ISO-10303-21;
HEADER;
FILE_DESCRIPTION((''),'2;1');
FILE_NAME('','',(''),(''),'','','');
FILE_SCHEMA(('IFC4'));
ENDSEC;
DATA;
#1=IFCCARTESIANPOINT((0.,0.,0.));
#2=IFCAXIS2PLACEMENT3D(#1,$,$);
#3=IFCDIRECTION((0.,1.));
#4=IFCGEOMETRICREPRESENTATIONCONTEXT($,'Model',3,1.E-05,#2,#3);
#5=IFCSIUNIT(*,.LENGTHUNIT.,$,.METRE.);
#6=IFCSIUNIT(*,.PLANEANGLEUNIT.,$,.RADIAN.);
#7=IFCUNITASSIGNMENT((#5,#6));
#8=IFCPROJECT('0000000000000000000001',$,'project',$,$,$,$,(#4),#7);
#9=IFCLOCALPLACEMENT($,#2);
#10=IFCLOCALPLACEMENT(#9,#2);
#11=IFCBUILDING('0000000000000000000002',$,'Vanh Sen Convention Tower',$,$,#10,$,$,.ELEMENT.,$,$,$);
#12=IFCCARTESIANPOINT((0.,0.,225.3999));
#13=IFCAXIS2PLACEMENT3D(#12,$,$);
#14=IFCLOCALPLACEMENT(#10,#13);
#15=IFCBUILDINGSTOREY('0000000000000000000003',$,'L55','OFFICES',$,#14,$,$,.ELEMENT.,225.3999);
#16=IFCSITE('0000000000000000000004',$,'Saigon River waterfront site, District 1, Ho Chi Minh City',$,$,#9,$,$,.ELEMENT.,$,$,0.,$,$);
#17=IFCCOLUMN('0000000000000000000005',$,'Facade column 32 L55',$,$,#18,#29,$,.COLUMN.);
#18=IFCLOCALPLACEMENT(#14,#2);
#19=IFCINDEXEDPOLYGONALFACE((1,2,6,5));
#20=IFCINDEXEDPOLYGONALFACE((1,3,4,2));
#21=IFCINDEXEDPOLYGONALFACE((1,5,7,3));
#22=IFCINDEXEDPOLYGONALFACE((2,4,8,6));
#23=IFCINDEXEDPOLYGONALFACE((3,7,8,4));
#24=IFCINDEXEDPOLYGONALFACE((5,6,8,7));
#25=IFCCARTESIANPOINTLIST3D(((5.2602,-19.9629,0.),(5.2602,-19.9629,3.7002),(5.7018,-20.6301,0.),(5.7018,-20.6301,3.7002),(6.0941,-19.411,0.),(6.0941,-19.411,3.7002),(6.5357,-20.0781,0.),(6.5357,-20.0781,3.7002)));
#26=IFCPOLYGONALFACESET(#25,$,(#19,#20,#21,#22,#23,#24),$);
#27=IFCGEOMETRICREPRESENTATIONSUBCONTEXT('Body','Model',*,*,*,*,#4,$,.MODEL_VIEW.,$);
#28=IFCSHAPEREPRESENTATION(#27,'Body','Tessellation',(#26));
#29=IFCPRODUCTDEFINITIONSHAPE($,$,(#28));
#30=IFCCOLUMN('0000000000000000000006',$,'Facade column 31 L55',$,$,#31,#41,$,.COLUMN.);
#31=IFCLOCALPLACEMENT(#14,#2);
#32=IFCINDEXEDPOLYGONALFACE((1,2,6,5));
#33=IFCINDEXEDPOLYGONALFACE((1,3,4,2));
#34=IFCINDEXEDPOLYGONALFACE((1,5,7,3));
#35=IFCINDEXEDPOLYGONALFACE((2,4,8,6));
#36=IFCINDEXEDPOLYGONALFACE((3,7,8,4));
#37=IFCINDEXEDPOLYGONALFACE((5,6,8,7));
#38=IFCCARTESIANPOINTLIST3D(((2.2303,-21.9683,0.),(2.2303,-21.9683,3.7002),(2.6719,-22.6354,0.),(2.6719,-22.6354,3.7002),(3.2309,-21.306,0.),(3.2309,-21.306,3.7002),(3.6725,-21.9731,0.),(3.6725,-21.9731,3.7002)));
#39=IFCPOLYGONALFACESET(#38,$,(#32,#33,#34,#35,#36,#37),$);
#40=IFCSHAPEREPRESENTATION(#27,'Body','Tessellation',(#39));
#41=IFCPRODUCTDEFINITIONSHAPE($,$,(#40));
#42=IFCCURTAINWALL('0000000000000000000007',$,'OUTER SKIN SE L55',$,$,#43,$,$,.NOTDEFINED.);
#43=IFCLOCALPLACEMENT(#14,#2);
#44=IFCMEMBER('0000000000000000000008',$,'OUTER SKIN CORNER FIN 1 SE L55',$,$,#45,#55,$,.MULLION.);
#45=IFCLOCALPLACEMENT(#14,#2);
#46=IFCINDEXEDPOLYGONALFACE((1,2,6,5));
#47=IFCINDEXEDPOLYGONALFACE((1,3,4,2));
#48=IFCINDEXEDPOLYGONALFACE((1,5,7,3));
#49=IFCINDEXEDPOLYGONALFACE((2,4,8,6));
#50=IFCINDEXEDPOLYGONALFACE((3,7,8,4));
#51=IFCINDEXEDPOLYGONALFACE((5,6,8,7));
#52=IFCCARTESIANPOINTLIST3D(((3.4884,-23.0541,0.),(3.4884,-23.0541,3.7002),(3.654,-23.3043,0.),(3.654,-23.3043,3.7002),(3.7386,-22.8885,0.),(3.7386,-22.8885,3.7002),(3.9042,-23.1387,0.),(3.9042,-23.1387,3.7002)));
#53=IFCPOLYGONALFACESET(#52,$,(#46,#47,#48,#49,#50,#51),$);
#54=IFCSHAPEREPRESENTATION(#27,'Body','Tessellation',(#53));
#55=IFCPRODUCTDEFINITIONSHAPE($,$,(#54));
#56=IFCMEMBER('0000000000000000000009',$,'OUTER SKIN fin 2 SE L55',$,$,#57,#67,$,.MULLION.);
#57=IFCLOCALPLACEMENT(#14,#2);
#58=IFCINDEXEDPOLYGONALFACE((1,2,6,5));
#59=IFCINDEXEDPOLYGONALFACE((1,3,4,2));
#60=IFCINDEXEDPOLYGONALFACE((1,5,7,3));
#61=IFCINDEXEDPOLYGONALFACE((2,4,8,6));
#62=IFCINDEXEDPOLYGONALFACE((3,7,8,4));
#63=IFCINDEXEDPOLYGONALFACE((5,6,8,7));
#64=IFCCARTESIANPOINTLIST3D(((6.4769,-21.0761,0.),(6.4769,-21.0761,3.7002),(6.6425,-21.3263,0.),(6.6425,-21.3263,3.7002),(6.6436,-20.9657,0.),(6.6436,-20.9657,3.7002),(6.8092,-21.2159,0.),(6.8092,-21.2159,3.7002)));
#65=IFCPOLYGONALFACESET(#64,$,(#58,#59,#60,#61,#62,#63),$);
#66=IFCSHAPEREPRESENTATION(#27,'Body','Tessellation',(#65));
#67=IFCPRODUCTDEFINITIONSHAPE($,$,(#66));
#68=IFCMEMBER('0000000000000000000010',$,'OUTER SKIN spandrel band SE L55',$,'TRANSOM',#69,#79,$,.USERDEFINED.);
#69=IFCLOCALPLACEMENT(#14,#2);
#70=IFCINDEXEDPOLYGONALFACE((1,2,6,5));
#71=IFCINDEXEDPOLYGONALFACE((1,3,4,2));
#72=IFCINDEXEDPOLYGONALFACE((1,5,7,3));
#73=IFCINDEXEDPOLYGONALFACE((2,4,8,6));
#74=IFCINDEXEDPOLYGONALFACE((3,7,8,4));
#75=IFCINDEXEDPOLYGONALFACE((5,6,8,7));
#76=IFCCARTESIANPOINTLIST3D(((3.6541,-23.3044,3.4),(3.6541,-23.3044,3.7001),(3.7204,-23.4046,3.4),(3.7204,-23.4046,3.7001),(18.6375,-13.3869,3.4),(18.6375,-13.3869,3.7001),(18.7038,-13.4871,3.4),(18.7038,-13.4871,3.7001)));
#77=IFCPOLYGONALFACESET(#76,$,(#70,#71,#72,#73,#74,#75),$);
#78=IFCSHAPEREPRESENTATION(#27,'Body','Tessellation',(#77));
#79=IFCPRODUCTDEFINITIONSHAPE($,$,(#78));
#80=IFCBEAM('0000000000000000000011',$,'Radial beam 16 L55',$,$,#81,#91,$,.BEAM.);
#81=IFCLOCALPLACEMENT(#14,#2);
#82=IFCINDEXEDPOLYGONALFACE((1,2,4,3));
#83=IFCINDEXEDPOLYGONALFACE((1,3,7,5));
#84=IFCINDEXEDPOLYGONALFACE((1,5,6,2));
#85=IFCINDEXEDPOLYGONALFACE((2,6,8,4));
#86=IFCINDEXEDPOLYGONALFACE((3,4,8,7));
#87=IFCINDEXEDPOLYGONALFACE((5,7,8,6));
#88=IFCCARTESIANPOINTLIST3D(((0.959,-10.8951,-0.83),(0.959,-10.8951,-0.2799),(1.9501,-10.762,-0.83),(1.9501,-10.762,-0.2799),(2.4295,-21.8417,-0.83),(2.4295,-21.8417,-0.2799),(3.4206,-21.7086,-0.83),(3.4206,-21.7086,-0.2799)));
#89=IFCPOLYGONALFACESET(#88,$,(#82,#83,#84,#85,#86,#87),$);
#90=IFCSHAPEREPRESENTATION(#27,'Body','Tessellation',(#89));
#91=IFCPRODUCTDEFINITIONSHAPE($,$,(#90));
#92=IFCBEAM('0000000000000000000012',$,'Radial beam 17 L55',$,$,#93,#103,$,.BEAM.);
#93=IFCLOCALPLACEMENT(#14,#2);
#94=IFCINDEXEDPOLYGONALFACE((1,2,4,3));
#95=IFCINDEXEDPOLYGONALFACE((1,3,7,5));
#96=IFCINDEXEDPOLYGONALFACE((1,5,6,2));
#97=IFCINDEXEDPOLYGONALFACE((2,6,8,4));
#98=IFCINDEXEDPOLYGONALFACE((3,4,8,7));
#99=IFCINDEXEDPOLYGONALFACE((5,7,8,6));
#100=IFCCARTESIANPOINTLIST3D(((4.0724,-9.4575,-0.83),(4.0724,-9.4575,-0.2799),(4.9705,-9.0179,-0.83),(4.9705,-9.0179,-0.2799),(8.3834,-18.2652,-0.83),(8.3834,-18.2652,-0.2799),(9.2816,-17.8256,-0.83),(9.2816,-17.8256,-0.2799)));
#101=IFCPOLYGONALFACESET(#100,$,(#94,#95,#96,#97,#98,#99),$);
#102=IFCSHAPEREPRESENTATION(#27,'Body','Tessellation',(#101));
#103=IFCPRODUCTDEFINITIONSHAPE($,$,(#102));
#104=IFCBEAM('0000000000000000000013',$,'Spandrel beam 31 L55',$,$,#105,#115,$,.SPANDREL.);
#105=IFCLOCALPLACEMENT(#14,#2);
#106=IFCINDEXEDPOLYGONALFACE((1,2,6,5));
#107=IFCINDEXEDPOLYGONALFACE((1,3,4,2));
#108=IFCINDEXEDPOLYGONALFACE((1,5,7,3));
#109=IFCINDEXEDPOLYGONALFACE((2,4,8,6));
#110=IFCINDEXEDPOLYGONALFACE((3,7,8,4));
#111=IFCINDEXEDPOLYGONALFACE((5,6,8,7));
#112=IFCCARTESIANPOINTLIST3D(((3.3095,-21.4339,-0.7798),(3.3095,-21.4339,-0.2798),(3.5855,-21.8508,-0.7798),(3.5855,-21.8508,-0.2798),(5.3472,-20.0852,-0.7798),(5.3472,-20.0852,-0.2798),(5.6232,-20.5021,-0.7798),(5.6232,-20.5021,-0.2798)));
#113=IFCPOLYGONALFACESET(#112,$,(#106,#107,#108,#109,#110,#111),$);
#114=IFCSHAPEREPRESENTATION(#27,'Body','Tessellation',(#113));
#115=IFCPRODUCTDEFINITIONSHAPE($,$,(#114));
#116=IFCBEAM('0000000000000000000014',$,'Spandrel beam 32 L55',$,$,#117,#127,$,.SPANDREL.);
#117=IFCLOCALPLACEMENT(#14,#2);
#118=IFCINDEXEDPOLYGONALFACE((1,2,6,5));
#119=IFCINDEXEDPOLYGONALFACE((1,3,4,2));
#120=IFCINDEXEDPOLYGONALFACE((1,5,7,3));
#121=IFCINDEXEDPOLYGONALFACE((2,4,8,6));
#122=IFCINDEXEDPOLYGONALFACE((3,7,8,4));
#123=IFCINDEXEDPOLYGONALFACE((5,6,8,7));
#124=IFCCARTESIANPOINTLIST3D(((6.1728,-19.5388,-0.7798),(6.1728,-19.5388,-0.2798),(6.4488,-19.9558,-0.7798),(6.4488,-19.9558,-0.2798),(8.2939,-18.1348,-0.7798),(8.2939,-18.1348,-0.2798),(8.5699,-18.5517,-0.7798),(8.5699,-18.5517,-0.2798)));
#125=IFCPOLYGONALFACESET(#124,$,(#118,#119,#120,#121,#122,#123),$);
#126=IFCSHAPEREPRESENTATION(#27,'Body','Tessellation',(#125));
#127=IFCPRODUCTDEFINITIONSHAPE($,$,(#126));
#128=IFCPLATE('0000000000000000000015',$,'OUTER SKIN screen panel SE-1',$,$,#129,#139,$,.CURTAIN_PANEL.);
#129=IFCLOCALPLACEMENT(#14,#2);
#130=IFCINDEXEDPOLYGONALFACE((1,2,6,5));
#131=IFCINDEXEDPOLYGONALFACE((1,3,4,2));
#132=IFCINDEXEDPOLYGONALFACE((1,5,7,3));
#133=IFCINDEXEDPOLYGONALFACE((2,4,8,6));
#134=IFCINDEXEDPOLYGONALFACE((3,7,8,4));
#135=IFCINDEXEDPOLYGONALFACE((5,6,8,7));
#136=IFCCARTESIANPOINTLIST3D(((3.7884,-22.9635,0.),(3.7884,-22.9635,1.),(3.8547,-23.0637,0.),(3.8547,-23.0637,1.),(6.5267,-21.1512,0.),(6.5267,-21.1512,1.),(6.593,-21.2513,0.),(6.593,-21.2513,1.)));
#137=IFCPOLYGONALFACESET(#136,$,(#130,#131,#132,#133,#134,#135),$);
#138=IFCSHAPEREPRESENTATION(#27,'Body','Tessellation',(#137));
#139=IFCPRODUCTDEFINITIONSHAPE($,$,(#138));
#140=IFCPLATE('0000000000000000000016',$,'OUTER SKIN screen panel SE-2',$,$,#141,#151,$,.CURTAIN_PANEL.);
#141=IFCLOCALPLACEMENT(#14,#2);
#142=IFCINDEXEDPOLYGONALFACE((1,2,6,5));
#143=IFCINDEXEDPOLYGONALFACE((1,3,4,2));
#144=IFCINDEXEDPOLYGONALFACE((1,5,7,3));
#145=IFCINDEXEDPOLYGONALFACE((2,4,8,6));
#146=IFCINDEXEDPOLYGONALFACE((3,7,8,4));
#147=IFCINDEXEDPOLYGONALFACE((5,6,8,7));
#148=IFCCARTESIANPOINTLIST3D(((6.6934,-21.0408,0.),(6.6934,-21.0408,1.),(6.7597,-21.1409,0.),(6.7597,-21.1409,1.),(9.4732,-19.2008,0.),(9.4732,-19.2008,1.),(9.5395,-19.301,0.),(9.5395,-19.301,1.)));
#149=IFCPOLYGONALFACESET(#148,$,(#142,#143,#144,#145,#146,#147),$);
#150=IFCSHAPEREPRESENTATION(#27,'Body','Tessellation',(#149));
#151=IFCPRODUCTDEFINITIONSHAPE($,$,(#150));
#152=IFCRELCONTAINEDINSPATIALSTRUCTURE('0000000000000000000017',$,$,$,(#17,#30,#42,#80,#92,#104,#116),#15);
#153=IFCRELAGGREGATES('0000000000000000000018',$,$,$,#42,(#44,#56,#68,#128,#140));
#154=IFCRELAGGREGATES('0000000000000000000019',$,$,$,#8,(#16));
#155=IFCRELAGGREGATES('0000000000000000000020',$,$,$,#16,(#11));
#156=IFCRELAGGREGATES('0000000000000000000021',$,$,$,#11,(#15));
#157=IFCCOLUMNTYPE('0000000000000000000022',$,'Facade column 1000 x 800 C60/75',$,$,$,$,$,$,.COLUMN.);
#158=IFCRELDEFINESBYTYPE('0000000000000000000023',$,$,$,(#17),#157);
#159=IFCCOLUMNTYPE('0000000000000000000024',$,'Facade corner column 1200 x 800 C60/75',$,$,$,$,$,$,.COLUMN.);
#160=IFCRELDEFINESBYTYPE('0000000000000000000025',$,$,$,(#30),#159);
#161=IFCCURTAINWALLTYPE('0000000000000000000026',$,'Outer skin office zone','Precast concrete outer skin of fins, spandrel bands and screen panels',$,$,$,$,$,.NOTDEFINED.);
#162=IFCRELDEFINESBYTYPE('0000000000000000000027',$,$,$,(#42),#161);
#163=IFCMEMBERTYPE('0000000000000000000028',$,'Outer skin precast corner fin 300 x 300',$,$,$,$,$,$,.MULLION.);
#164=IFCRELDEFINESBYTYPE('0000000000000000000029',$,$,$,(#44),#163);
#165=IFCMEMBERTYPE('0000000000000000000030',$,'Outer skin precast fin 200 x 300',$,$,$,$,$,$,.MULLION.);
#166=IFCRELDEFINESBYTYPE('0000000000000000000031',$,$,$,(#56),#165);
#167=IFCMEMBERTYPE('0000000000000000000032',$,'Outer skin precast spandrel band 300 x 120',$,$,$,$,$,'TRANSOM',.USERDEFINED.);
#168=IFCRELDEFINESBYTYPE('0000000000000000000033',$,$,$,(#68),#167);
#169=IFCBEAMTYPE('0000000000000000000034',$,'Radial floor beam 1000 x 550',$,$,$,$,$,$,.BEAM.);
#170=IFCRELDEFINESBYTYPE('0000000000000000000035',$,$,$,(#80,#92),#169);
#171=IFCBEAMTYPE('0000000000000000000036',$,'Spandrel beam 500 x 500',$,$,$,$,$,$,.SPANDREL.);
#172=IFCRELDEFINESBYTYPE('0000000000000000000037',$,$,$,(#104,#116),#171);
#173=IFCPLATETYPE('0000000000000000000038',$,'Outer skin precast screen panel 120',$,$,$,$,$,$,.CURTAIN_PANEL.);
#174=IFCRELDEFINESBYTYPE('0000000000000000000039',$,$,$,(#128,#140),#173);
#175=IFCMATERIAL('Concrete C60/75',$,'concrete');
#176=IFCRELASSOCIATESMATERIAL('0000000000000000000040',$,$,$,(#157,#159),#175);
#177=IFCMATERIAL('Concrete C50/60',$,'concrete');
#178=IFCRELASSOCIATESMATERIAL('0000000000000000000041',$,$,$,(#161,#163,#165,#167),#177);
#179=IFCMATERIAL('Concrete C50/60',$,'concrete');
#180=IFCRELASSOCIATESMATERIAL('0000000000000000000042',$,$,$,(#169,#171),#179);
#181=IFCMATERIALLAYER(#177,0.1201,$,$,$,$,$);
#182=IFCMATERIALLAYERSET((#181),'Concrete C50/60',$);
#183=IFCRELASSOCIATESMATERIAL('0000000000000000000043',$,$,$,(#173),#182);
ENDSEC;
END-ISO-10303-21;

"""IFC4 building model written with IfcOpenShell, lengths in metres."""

from ifc_helpers import new_model, si_unit, direction, frame, origin, origin_2d, place, context, subcontext, project, spatial, rectangle, extrude, material, layer, layer_set, material_profile, profile_set, type_object, element, aggregate, save


model = new_model("IFC4")

# Units and contexts
model_context = context("Model", 3, precision=1e-05, world=origin(), true_north=direction((0.0, 1.0)))
body_context = subcontext(model_context, "Body", "Model", "MODEL_VIEW")
ifc_project = project(units=[si_unit("LENGTHUNIT", "METRE"), si_unit("PLANEANGLEUNIT", "RADIAN")], contexts=[model_context])

# Site, building, storey
site_placement = place(None, origin())
site = spatial("IfcSite", under=ifc_project, at=site_placement, Name="Saigon River waterfront site, District 1, Ho Chi Minh City", CompositionType="ELEMENT", RefElevation=0.0)
building_placement = place(site_placement, origin())
building = spatial("IfcBuilding", under=site, at=building_placement, Name="Vanh Sen Convention Tower", CompositionType="ELEMENT")
storey_placement = place(building_placement, frame((0.0, 0.0, 225.3999)))
storey = spatial("IfcBuildingStorey", under=building, at=storey_placement, Name="L55", Description="OFFICES", CompositionType="ELEMENT", Elevation=225.3999)

# Columns
ifc_material_1 = material(Name="Concrete C60/75", Category="concrete")
ifc_material_profile_1 = material_profile(ifc_material_1, rectangle(XDim=1.0, YDim=0.8, at=origin_2d()), Name="RC 1000X800")
ifc_profile_set_1 = profile_set([ifc_material_profile_1], Name="Concrete C60/75")
column_type_1 = type_object("IfcColumnType", Name="Facade column 1000 x 800 C60/75", PredefinedType="COLUMN", material=ifc_profile_set_1)
column_1_placement = place(storey_placement, frame((5.8979, -20.0205, 0.0), z_axis=(0.0, 0.0, 1.0), x_axis=(0.833886, 0.551937, 0.0)))
element("IfcColumn", 1, at=column_1_placement, inside=storey, type_object=column_type_1, Name="Facade column 32 L55", PredefinedType="COLUMN", context=body_context, shape_type="SweptSolid", body=[
    extrude(rectangle(XDim=1.0, YDim=0.8, at=origin_2d()), origin(), (0.0, 0.0, 1.0), 3.7002),
])
ifc_material_profile_2 = material_profile(ifc_material_1, rectangle(XDim=1.2, YDim=0.8, at=origin_2d()), Name="RC 1200X800")
ifc_profile_set_2 = profile_set([ifc_material_profile_2], Name="Concrete C60/75")
column_type_2 = type_object("IfcColumnType", Name="Facade corner column 1200 x 800 C60/75", PredefinedType="COLUMN", material=ifc_profile_set_2)
column_2_placement = place(storey_placement, frame((2.9514, -21.9707, 0.0), z_axis=(0.0, 0.0, 1.0), x_axis=(0.833886, 0.551937, 0.0)))
element("IfcColumn", 2, at=column_2_placement, inside=storey, type_object=column_type_2, Name="Facade column 31 L55", PredefinedType="COLUMN", context=body_context, shape_type="SweptSolid", body=[
    extrude(rectangle(XDim=1.2, YDim=0.8, at=origin_2d()), origin(), (0.0, 0.0, 1.0), 3.7002),
])

# Curtain wall, members
ifc_material_2 = material(Name="Concrete C50/60", Category="concrete")
curtain_wall_type = type_object("IfcCurtainWallType", Name="Outer skin office zone", Description="Precast concrete outer skin of fins, spandrel bands and screen panels", PredefinedType="NOTDEFINED", material=ifc_material_2)
curtain_wall_placement = place(storey_placement, origin())
curtain_wall = element("IfcCurtainWall", 3, at=curtain_wall_placement, inside=storey, type_object=curtain_wall_type, Name="OUTER SKIN SE L55", PredefinedType="NOTDEFINED")
ifc_material_profile_3 = material_profile(ifc_material_2, rectangle(XDim=0.3, YDim=0.3, at=origin_2d()), Name="Outer skin precast corner fin 300 x 300")
ifc_profile_set_3 = profile_set([ifc_material_profile_3], Name="Concrete C50/60")
member_type_1 = type_object("IfcMemberType", Name="Outer skin precast corner fin 300 x 300", PredefinedType="MULLION", material=ifc_profile_set_3)
member_1_placement = place(storey_placement, frame((3.6963, -23.0964, 0.0), z_axis=(0.0, 0.0, 1.0), x_axis=(0.833886, 0.551937, 0.0)))
member_1 = element("IfcMember", 4, at=member_1_placement, type_object=member_type_1, Name="OUTER SKIN CORNER FIN 1 SE L55", PredefinedType="MULLION", context=body_context, shape_type="SweptSolid", body=[
    extrude(rectangle(XDim=0.3, YDim=0.3, at=origin_2d()), origin(), (0.0, 0.0, 1.0), 3.7002),
])
ifc_material_profile_4 = material_profile(ifc_material_2, rectangle(XDim=0.2, YDim=0.3, at=origin_2d()), Name="Outer skin precast fin 200 x 300")
ifc_profile_set_4 = profile_set([ifc_material_profile_4], Name="Concrete C50/60")
member_type_2 = type_object("IfcMemberType", Name="Outer skin precast fin 200 x 300", PredefinedType="MULLION", material=ifc_profile_set_4)
member_2_placement = place(storey_placement, frame((6.6431, -21.146, 0.0), z_axis=(0.0, 0.0, 1.0), x_axis=(0.833886, 0.551937, 0.0)))
member_2 = element("IfcMember", 5, at=member_2_placement, type_object=member_type_2, Name="OUTER SKIN fin 2 SE L55", PredefinedType="MULLION", context=body_context, shape_type="SweptSolid", body=[
    extrude(rectangle(XDim=0.2, YDim=0.3, at=origin_2d()), origin(), (0.0, 0.0, 1.0), 3.7002),
])
ifc_material_profile_5 = material_profile(ifc_material_2, rectangle(XDim=0.1201, YDim=0.3, at=origin_2d()), Name="Outer skin precast spandrel band 300 x 120")
ifc_profile_set_5 = profile_set([ifc_material_profile_5], Name="Concrete C50/60")
member_type_3 = type_object("IfcMemberType", Name="Outer skin precast spandrel band 300 x 120", ElementType="TRANSOM", PredefinedType="USERDEFINED", material=ifc_profile_set_5)
member_3_placement = place(storey_placement, frame((3.6873, -23.3545, 3.55), z_axis=(0.833881, 0.551944, 0.0), x_axis=(-0.551944, 0.833881, 0.0)))
member_3 = element("IfcMember", 6, at=member_3_placement, type_object=member_type_3, Name="OUTER SKIN spandrel band SE L55", ObjectType="TRANSOM", PredefinedType="USERDEFINED", context=body_context, shape_type="SweptSolid", body=[
    extrude(rectangle(XDim=0.1201, YDim=0.3, at=origin_2d()), origin(), (0.0, 0.0, 1.0), 17.9683),
])

# Beams
ifc_material_3 = material(Name="Concrete C50/60", Category="concrete")
ifc_material_profile_6 = material_profile(ifc_material_3, rectangle(XDim=1.0, YDim=0.55, at=origin_2d()), Name="RC 1000X550")
ifc_profile_set_6 = profile_set([ifc_material_profile_6], Name="Concrete C50/60")
beam_type_1 = type_object("IfcBeamType", Name="Radial floor beam 1000 x 550", PredefinedType="BEAM", material=ifc_profile_set_6)
beam_1_placement = place(storey_placement, frame((2.925, -21.7751, -0.5549), z_axis=(-0.133135, 0.991098, 0.0), x_axis=(-0.991098, -0.133135, 0.0)))
element("IfcBeam", 7, at=beam_1_placement, inside=storey, type_object=beam_type_1, Name="Radial beam 16 L55", PredefinedType="BEAM", context=body_context, shape_type="SweptSolid", body=[
    extrude(rectangle(XDim=1.0, YDim=0.55, at=origin_2d()), origin(), (0.0, 0.0, 1.0), 11.0449),
])
beam_2_placement = place(storey_placement, frame((8.8325, -18.0454, -0.5549), z_axis=(-0.439629, 0.898179, 0.0), x_axis=(-0.898179, -0.439629, 0.0)))
element("IfcBeam", 8, at=beam_2_placement, inside=storey, type_object=beam_type_1, Name="Radial beam 17 L55", PredefinedType="BEAM", context=body_context, shape_type="SweptSolid", body=[
    extrude(rectangle(XDim=1.0, YDim=0.55, at=origin_2d()), origin(), (0.0, 0.0, 1.0), 9.8062),
])
ifc_material_profile_7 = material_profile(ifc_material_3, rectangle(XDim=0.5, YDim=0.5, at=origin_2d()), Name="RC 500X500")
ifc_profile_set_7 = profile_set([ifc_material_profile_7], Name="Concrete C50/60")
beam_type_2 = type_object("IfcBeamType", Name="Spandrel beam 500 x 500", PredefinedType="SPANDREL", material=ifc_profile_set_7)
beam_3_placement = place(storey_placement, frame((3.4475, -21.6423, -0.5298), z_axis=(0.83389, 0.55193, 0.0), x_axis=(-0.55193, 0.83389, 0.0)))
element("IfcBeam", 9, at=beam_3_placement, inside=storey, type_object=beam_type_2, Name="Spandrel beam 31 L55", PredefinedType="SPANDREL", context=body_context, shape_type="SweptSolid", body=[
    extrude(rectangle(XDim=0.5, YDim=0.5, at=origin_2d()), origin(), (0.0, 0.0, 1.0), 2.4436),
])
beam_4_placement = place(storey_placement, frame((6.3108, -19.7473, -0.5298), z_axis=(0.833862, 0.551973, 0.0), x_axis=(-0.551973, 0.833862, 0.0)))
element("IfcBeam", 10, at=beam_4_placement, inside=storey, type_object=beam_type_2, Name="Spandrel beam 32 L55", PredefinedType="SPANDREL", context=body_context, shape_type="SweptSolid", body=[
    extrude(rectangle(XDim=0.5, YDim=0.5, at=origin_2d()), origin(), (0.0, 0.0, 1.0), 2.5437),
])

# Plates
ifc_layer_1 = layer(ifc_material_2, 0.1201)
ifc_layer_set_1 = layer_set([ifc_layer_1], Name="Concrete C50/60")
plate_type = type_object("IfcPlateType", Name="Outer skin precast screen panel 120", PredefinedType="CURTAIN_PANEL", material=ifc_layer_set_1)
plate_1_placement = place(storey_placement, frame((5.1907, -22.1074, 0.0), z_axis=(0.0, 0.0, 1.0), x_axis=(0.833896, 0.551921, 0.0)))
plate_1 = element("IfcPlate", 11, at=plate_1_placement, type_object=plate_type, Name="OUTER SKIN screen panel SE-1", PredefinedType="CURTAIN_PANEL", context=body_context, shape_type="SweptSolid", body=[
    extrude(rectangle(XDim=3.2837, YDim=0.1201, at=origin_2d()), origin(), (0.0, 0.0, 1.0), 1.0),
])
plate_2_placement = place(storey_placement, frame((8.1165, -20.1709, 0.0), z_axis=(0.0, 0.0, 1.0), x_axis=(0.833874, 0.551954, 0.0)))
plate_2 = element("IfcPlate", 12, at=plate_2_placement, type_object=plate_type, Name="OUTER SKIN screen panel SE-2", PredefinedType="CURTAIN_PANEL", context=body_context, shape_type="SweptSolid", body=[
    extrude(rectangle(XDim=3.3335, YDim=0.1201, at=origin_2d()), origin(), (0.0, 0.0, 1.0), 1.0),
])
aggregate(curtain_wall, [member_1, member_2, member_3, plate_1, plate_2])

save(model, "model.ifc")
